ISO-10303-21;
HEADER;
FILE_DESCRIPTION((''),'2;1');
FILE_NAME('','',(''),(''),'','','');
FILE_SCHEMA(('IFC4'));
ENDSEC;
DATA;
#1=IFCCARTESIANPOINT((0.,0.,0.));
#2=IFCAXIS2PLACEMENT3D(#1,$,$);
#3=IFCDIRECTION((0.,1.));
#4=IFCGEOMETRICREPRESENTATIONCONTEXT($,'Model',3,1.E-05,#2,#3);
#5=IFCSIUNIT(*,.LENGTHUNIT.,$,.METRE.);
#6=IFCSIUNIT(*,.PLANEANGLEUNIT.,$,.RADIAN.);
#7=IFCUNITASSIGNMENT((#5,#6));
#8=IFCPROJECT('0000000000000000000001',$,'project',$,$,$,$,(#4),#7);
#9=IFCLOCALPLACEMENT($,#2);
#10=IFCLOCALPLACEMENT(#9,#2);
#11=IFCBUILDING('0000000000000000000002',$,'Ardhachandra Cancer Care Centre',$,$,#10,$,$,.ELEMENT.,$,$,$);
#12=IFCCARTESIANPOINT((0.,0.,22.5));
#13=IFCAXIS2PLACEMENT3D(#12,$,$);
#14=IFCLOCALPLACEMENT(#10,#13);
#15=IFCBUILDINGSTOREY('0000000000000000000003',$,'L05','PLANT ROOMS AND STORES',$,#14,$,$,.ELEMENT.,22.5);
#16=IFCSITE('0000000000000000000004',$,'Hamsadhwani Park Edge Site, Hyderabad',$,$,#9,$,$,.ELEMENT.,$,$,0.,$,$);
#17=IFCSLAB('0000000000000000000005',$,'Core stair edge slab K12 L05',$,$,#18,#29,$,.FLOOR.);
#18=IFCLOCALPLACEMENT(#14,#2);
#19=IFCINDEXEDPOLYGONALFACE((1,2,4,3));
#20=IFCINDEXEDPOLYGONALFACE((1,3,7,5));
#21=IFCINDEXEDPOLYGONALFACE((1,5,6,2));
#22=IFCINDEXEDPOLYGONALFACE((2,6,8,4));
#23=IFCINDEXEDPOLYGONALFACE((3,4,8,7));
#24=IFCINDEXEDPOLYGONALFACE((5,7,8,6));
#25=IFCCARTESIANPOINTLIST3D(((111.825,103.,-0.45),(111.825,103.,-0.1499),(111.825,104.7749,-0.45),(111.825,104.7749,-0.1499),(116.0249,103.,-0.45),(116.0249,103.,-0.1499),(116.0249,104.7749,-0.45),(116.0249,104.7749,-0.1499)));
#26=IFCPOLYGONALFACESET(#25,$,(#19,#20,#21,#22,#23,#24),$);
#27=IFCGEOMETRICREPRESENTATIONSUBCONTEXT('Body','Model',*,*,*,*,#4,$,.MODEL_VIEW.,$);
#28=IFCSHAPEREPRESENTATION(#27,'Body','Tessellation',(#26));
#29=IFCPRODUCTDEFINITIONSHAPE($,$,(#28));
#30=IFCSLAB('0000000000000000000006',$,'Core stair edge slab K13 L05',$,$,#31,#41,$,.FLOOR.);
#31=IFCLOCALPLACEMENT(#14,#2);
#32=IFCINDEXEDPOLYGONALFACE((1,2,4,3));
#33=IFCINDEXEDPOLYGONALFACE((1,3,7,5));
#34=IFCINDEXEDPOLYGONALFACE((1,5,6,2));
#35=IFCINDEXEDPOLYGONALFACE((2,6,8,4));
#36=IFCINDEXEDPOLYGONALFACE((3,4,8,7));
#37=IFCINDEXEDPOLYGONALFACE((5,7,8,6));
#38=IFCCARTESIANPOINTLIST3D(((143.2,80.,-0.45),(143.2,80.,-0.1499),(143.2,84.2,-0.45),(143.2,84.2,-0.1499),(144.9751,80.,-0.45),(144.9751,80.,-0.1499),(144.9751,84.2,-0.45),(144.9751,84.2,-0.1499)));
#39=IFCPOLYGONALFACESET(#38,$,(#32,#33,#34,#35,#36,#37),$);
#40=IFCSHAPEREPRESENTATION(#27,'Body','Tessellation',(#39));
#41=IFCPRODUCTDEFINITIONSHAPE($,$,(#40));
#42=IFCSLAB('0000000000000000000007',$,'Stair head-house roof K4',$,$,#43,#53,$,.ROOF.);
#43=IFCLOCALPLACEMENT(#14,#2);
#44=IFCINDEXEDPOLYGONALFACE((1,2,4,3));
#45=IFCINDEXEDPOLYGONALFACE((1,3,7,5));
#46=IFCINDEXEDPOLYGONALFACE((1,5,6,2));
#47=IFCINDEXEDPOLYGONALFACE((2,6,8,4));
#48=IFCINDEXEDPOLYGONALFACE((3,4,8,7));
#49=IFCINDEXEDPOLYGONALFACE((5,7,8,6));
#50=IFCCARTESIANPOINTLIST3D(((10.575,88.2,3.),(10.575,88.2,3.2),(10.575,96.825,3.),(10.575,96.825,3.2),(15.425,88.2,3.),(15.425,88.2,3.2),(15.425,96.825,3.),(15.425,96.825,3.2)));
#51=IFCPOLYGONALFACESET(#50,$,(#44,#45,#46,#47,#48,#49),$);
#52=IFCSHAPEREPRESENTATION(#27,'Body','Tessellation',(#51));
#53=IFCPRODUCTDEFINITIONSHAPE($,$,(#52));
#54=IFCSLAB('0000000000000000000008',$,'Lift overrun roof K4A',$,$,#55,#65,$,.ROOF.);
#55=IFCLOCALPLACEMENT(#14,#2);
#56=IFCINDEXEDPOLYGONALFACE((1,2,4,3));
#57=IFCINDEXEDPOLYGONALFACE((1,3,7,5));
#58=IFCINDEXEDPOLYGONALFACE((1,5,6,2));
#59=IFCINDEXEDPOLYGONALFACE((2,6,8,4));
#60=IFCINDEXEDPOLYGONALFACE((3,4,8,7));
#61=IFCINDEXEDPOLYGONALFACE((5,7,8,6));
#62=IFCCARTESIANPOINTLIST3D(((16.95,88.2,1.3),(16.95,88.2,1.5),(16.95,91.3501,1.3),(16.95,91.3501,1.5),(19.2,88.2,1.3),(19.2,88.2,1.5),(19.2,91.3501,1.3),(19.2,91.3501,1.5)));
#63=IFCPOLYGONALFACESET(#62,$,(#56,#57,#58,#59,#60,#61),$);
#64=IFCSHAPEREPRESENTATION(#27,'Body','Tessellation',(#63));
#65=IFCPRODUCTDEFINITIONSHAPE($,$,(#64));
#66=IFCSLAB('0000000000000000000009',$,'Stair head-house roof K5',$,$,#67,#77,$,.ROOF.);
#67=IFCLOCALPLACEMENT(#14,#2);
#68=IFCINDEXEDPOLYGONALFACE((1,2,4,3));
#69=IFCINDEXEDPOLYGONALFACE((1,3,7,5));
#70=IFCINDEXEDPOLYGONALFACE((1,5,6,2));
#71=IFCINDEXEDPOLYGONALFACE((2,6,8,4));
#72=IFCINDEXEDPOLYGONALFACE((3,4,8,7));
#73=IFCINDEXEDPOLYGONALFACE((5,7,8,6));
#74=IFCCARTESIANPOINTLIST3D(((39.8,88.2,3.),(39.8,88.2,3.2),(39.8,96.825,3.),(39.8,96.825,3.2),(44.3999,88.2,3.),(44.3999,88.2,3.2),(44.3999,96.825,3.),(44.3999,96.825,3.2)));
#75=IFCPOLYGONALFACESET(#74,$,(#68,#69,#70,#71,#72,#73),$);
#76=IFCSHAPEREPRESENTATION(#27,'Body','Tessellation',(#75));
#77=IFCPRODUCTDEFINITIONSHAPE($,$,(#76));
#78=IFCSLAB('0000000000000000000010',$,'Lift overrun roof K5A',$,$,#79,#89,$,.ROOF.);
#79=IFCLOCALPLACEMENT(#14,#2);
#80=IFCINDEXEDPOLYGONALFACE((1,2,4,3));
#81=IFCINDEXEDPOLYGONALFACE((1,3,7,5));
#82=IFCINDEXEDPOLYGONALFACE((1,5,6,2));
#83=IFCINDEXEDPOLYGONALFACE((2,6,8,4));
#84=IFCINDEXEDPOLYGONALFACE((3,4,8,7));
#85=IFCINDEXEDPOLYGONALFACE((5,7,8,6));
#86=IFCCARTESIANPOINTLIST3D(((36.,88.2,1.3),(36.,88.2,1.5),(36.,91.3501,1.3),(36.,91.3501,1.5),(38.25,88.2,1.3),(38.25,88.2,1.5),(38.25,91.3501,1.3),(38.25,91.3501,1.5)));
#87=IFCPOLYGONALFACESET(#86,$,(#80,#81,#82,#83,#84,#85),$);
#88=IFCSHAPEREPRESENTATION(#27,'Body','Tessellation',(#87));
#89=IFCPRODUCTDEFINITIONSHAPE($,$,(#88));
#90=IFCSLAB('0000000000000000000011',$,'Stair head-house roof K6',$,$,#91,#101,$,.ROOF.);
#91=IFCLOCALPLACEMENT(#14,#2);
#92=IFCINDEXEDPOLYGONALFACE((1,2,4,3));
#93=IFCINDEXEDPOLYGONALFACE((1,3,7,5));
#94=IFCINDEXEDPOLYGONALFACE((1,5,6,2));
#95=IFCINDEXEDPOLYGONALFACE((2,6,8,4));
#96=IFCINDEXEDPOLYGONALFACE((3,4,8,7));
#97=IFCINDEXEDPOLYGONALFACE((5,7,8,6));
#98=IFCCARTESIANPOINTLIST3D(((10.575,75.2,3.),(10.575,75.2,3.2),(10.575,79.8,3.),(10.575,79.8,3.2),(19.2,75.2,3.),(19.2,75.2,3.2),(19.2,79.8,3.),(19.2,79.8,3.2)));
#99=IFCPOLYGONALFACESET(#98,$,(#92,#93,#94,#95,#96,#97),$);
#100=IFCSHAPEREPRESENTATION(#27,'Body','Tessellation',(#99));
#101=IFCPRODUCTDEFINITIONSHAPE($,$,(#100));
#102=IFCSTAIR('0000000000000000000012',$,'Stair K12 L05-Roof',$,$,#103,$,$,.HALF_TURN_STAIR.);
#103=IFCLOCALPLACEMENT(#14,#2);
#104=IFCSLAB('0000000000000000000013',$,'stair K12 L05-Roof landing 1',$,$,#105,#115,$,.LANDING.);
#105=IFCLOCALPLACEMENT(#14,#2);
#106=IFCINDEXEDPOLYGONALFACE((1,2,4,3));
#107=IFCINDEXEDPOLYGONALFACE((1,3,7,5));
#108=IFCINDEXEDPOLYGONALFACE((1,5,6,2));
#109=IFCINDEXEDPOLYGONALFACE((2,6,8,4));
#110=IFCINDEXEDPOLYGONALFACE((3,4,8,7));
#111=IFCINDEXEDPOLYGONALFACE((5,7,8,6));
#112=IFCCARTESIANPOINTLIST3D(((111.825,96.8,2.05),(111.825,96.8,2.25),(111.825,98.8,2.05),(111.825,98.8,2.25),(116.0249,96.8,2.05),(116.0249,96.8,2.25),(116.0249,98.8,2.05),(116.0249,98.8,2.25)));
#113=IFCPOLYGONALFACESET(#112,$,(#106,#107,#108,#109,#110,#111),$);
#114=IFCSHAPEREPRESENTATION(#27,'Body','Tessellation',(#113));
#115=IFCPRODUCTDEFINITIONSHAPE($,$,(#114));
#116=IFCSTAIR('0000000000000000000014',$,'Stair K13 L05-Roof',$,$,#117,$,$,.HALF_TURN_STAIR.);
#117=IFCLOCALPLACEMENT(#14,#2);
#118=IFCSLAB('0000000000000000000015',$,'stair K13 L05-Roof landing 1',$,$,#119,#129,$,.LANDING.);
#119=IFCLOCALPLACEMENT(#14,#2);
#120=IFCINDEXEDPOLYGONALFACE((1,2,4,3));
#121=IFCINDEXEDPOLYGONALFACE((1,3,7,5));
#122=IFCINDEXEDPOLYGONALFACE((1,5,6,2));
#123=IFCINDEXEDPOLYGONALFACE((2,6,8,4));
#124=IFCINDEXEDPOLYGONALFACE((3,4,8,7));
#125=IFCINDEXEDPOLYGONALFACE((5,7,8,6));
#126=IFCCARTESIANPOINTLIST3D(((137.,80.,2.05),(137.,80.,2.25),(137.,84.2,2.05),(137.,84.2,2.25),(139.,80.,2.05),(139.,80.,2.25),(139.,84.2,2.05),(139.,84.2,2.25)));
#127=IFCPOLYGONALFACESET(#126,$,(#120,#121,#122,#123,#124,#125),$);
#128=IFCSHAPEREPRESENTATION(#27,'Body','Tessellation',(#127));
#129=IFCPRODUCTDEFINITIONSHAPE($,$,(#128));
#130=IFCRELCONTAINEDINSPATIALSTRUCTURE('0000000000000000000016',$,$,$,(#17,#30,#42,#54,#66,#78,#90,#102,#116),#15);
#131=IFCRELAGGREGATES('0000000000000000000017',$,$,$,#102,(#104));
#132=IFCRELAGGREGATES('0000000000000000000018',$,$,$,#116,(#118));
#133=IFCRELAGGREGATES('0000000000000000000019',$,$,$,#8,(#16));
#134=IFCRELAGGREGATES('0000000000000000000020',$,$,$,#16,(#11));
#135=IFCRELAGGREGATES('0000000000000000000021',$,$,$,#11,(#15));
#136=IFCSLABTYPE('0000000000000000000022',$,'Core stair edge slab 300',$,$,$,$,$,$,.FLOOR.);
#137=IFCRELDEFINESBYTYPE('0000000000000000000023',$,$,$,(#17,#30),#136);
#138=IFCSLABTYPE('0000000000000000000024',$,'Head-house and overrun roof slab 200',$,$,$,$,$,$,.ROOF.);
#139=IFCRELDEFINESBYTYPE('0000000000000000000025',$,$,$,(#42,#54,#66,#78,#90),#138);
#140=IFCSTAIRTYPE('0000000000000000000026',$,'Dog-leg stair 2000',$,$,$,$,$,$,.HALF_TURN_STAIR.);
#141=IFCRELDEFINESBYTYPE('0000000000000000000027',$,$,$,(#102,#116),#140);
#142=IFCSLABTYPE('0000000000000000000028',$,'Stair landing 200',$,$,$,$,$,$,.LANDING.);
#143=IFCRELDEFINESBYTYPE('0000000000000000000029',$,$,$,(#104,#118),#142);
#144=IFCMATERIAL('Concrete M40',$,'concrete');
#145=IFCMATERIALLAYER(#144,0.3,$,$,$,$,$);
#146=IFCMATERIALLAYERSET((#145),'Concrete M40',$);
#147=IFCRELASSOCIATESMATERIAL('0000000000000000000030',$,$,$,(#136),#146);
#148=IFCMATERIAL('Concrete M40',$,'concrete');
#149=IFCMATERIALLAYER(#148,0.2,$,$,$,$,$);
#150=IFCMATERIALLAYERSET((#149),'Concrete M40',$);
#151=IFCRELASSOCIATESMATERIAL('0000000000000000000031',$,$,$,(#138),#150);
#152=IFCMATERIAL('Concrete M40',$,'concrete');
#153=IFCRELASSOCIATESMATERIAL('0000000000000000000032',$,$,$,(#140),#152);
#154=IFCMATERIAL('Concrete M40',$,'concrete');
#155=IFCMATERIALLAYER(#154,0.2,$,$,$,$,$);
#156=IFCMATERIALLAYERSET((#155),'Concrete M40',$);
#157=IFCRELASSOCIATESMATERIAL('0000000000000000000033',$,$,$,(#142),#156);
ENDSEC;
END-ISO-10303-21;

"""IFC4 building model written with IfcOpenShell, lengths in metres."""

from ifc_helpers import new_model, si_unit, direction, frame, origin, place, context, subcontext, project, spatial, polyline, outline, extrude, material, layer, layer_set, type_object, element, aggregate, save


model = new_model("IFC4")

# Units and contexts
model_context = context("Model", 3, precision=1e-05, world=origin(), true_north=direction((0.0, 1.0)))
body_context = subcontext(model_context, "Body", "Model", "MODEL_VIEW")
ifc_project = project(units=[si_unit("LENGTHUNIT", "METRE"), si_unit("PLANEANGLEUNIT", "RADIAN")], contexts=[model_context])

# Site, building, storey
site_placement = place(None, origin())
site = spatial("IfcSite", under=ifc_project, at=site_placement, Name="Hamsadhwani Park Edge Site, Hyderabad", CompositionType="ELEMENT", RefElevation=0.0)
building_placement = place(site_placement, origin())
building = spatial("IfcBuilding", under=site, at=building_placement, Name="Ardhachandra Cancer Care Centre", CompositionType="ELEMENT")
storey_placement = place(building_placement, frame((0.0, 0.0, 22.5)))
storey = spatial("IfcBuildingStorey", under=building, at=storey_placement, Name="L05", Description="PLANT ROOMS AND STORES", CompositionType="ELEMENT", Elevation=22.5)

# Slabs
ifc_material_1 = material(Name="Concrete M40", Category="concrete")
ifc_layer_1 = layer(ifc_material_1, 0.3)
ifc_layer_set_1 = layer_set([ifc_layer_1], Name="Concrete M40")
slab_type_1 = type_object("IfcSlabType", Name="Core stair edge slab 300", PredefinedType="FLOOR", material=ifc_layer_set_1)
slab_1_placement = place(storey_placement, frame((0.0, 0.0, -0.45)))
element("IfcSlab", 1, at=slab_1_placement, inside=storey, type_object=slab_type_1, Name="Core stair edge slab K12 L05", PredefinedType="FLOOR", context=body_context, shape_type="SweptSolid", body=[
    extrude(outline(polyline([(111.825, 103.0), (116.0249, 103.0), (116.0249, 104.7749), (111.825, 104.7749), (111.825, 103.0)])), origin(), (0.0, 0.0, 1.0), 0.3),
])
slab_2_placement = place(storey_placement, frame((0.0, 0.0, -0.45)))
element("IfcSlab", 2, at=slab_2_placement, inside=storey, type_object=slab_type_1, Name="Core stair edge slab K13 L05", PredefinedType="FLOOR", context=body_context, shape_type="SweptSolid", body=[
    extrude(outline(polyline([(143.2, 80.0), (143.2, 84.2), (144.9751, 84.2), (144.9751, 80.0), (143.2, 80.0)])), origin(), (0.0, 0.0, 1.0), 0.3),
])
ifc_material_2 = material(Name="Concrete M40", Category="concrete")
ifc_layer_2 = layer(ifc_material_2, 0.2)
ifc_layer_set_2 = layer_set([ifc_layer_2], Name="Concrete M40")
slab_type_2 = type_object("IfcSlabType", Name="Head-house and overrun roof slab 200", PredefinedType="ROOF", material=ifc_layer_set_2)
slab_3_placement = place(storey_placement, frame((0.0, 0.0, 3.0)))
element("IfcSlab", 3, at=slab_3_placement, inside=storey, type_object=slab_type_2, Name="Stair head-house roof K4", PredefinedType="ROOF", context=body_context, shape_type="SweptSolid", body=[
    extrude(outline(polyline([(15.425, 88.2), (10.575, 88.2), (10.575, 96.825), (15.425, 96.825), (15.425, 88.2)])), origin(), (0.0, 0.0, 1.0), 0.2),
])
slab_4_placement = place(storey_placement, frame((0.0, 0.0, 1.3)))
element("IfcSlab", 4, at=slab_4_placement, inside=storey, type_object=slab_type_2, Name="Lift overrun roof K4A", PredefinedType="ROOF", context=body_context, shape_type="SweptSolid", body=[
    extrude(outline(polyline([(16.95, 88.2), (16.95, 91.3501), (19.2, 91.3501), (19.2, 88.2), (16.95, 88.2)])), origin(), (0.0, 0.0, 1.0), 0.2),
])
slab_5_placement = place(storey_placement, frame((0.0, 0.0, 3.0)))
element("IfcSlab", 5, at=slab_5_placement, inside=storey, type_object=slab_type_2, Name="Stair head-house roof K5", PredefinedType="ROOF", context=body_context, shape_type="SweptSolid", body=[
    extrude(outline(polyline([(39.8, 88.2), (39.8, 96.825), (44.3999, 96.825), (44.3999, 88.2), (39.8, 88.2)])), origin(), (0.0, 0.0, 1.0), 0.2),
])
slab_6_placement = place(storey_placement, frame((0.0, 0.0, 1.3)))
element("IfcSlab", 6, at=slab_6_placement, inside=storey, type_object=slab_type_2, Name="Lift overrun roof K5A", PredefinedType="ROOF", context=body_context, shape_type="SweptSolid", body=[
    extrude(outline(polyline([(38.25, 88.2), (36.0, 88.2), (36.0, 91.3501), (38.25, 91.3501), (38.25, 88.2)])), origin(), (0.0, 0.0, 1.0), 0.2),
])
slab_7_placement = place(storey_placement, frame((0.0, 0.0, 3.0)))
element("IfcSlab", 7, at=slab_7_placement, inside=storey, type_object=slab_type_2, Name="Stair head-house roof K6", PredefinedType="ROOF", context=body_context, shape_type="SweptSolid", body=[
    extrude(outline(polyline([(19.2, 75.2), (10.575, 75.2), (10.575, 79.8), (19.2, 79.8), (19.2, 75.2)])), origin(), (0.0, 0.0, 1.0), 0.2),
])

# Stairs, slabs
ifc_material_3 = material(Name="Concrete M40", Category="concrete")
stair_type = type_object("IfcStairType", Name="Dog-leg stair 2000", PredefinedType="HALF_TURN_STAIR", material=ifc_material_3)
stair_1_placement = place(storey_placement, origin())
stair_1 = element("IfcStair", 8, at=stair_1_placement, inside=storey, type_object=stair_type, Name="Stair K12 L05-Roof", PredefinedType="HALF_TURN_STAIR")
ifc_material_4 = material(Name="Concrete M40", Category="concrete")
ifc_layer_3 = layer(ifc_material_4, 0.2)
ifc_layer_set_3 = layer_set([ifc_layer_3], Name="Concrete M40")
slab_type_3 = type_object("IfcSlabType", Name="Stair landing 200", PredefinedType="LANDING", material=ifc_layer_set_3)
slab_8_placement = place(storey_placement, frame((0.0, 0.0, 2.05)))
slab_8 = element("IfcSlab", 9, at=slab_8_placement, type_object=slab_type_3, Name="stair K12 L05-Roof landing 1", PredefinedType="LANDING", context=body_context, shape_type="SweptSolid", body=[
    extrude(outline(polyline([(111.825, 96.8), (116.0249, 96.8), (116.0249, 98.8), (111.825, 98.8), (111.825, 96.8)])), origin(), (0.0, 0.0, 1.0), 0.2),
])
aggregate(stair_1, [slab_8])
stair_2_placement = place(storey_placement, origin())
stair_2 = element("IfcStair", 10, at=stair_2_placement, inside=storey, type_object=stair_type, Name="Stair K13 L05-Roof", PredefinedType="HALF_TURN_STAIR")
slab_9_placement = place(storey_placement, frame((0.0, 0.0, 2.05)))
slab_9 = element("IfcSlab", 11, at=slab_9_placement, type_object=slab_type_3, Name="stair K13 L05-Roof landing 1", PredefinedType="LANDING", context=body_context, shape_type="SweptSolid", body=[
    extrude(outline(polyline([(137.0, 80.0), (139.0, 80.0), (139.0, 84.2), (137.0, 84.2), (137.0, 80.0)])), origin(), (0.0, 0.0, 1.0), 0.2),
])
aggregate(stair_2, [slab_9])

save(model, "model.ifc")
